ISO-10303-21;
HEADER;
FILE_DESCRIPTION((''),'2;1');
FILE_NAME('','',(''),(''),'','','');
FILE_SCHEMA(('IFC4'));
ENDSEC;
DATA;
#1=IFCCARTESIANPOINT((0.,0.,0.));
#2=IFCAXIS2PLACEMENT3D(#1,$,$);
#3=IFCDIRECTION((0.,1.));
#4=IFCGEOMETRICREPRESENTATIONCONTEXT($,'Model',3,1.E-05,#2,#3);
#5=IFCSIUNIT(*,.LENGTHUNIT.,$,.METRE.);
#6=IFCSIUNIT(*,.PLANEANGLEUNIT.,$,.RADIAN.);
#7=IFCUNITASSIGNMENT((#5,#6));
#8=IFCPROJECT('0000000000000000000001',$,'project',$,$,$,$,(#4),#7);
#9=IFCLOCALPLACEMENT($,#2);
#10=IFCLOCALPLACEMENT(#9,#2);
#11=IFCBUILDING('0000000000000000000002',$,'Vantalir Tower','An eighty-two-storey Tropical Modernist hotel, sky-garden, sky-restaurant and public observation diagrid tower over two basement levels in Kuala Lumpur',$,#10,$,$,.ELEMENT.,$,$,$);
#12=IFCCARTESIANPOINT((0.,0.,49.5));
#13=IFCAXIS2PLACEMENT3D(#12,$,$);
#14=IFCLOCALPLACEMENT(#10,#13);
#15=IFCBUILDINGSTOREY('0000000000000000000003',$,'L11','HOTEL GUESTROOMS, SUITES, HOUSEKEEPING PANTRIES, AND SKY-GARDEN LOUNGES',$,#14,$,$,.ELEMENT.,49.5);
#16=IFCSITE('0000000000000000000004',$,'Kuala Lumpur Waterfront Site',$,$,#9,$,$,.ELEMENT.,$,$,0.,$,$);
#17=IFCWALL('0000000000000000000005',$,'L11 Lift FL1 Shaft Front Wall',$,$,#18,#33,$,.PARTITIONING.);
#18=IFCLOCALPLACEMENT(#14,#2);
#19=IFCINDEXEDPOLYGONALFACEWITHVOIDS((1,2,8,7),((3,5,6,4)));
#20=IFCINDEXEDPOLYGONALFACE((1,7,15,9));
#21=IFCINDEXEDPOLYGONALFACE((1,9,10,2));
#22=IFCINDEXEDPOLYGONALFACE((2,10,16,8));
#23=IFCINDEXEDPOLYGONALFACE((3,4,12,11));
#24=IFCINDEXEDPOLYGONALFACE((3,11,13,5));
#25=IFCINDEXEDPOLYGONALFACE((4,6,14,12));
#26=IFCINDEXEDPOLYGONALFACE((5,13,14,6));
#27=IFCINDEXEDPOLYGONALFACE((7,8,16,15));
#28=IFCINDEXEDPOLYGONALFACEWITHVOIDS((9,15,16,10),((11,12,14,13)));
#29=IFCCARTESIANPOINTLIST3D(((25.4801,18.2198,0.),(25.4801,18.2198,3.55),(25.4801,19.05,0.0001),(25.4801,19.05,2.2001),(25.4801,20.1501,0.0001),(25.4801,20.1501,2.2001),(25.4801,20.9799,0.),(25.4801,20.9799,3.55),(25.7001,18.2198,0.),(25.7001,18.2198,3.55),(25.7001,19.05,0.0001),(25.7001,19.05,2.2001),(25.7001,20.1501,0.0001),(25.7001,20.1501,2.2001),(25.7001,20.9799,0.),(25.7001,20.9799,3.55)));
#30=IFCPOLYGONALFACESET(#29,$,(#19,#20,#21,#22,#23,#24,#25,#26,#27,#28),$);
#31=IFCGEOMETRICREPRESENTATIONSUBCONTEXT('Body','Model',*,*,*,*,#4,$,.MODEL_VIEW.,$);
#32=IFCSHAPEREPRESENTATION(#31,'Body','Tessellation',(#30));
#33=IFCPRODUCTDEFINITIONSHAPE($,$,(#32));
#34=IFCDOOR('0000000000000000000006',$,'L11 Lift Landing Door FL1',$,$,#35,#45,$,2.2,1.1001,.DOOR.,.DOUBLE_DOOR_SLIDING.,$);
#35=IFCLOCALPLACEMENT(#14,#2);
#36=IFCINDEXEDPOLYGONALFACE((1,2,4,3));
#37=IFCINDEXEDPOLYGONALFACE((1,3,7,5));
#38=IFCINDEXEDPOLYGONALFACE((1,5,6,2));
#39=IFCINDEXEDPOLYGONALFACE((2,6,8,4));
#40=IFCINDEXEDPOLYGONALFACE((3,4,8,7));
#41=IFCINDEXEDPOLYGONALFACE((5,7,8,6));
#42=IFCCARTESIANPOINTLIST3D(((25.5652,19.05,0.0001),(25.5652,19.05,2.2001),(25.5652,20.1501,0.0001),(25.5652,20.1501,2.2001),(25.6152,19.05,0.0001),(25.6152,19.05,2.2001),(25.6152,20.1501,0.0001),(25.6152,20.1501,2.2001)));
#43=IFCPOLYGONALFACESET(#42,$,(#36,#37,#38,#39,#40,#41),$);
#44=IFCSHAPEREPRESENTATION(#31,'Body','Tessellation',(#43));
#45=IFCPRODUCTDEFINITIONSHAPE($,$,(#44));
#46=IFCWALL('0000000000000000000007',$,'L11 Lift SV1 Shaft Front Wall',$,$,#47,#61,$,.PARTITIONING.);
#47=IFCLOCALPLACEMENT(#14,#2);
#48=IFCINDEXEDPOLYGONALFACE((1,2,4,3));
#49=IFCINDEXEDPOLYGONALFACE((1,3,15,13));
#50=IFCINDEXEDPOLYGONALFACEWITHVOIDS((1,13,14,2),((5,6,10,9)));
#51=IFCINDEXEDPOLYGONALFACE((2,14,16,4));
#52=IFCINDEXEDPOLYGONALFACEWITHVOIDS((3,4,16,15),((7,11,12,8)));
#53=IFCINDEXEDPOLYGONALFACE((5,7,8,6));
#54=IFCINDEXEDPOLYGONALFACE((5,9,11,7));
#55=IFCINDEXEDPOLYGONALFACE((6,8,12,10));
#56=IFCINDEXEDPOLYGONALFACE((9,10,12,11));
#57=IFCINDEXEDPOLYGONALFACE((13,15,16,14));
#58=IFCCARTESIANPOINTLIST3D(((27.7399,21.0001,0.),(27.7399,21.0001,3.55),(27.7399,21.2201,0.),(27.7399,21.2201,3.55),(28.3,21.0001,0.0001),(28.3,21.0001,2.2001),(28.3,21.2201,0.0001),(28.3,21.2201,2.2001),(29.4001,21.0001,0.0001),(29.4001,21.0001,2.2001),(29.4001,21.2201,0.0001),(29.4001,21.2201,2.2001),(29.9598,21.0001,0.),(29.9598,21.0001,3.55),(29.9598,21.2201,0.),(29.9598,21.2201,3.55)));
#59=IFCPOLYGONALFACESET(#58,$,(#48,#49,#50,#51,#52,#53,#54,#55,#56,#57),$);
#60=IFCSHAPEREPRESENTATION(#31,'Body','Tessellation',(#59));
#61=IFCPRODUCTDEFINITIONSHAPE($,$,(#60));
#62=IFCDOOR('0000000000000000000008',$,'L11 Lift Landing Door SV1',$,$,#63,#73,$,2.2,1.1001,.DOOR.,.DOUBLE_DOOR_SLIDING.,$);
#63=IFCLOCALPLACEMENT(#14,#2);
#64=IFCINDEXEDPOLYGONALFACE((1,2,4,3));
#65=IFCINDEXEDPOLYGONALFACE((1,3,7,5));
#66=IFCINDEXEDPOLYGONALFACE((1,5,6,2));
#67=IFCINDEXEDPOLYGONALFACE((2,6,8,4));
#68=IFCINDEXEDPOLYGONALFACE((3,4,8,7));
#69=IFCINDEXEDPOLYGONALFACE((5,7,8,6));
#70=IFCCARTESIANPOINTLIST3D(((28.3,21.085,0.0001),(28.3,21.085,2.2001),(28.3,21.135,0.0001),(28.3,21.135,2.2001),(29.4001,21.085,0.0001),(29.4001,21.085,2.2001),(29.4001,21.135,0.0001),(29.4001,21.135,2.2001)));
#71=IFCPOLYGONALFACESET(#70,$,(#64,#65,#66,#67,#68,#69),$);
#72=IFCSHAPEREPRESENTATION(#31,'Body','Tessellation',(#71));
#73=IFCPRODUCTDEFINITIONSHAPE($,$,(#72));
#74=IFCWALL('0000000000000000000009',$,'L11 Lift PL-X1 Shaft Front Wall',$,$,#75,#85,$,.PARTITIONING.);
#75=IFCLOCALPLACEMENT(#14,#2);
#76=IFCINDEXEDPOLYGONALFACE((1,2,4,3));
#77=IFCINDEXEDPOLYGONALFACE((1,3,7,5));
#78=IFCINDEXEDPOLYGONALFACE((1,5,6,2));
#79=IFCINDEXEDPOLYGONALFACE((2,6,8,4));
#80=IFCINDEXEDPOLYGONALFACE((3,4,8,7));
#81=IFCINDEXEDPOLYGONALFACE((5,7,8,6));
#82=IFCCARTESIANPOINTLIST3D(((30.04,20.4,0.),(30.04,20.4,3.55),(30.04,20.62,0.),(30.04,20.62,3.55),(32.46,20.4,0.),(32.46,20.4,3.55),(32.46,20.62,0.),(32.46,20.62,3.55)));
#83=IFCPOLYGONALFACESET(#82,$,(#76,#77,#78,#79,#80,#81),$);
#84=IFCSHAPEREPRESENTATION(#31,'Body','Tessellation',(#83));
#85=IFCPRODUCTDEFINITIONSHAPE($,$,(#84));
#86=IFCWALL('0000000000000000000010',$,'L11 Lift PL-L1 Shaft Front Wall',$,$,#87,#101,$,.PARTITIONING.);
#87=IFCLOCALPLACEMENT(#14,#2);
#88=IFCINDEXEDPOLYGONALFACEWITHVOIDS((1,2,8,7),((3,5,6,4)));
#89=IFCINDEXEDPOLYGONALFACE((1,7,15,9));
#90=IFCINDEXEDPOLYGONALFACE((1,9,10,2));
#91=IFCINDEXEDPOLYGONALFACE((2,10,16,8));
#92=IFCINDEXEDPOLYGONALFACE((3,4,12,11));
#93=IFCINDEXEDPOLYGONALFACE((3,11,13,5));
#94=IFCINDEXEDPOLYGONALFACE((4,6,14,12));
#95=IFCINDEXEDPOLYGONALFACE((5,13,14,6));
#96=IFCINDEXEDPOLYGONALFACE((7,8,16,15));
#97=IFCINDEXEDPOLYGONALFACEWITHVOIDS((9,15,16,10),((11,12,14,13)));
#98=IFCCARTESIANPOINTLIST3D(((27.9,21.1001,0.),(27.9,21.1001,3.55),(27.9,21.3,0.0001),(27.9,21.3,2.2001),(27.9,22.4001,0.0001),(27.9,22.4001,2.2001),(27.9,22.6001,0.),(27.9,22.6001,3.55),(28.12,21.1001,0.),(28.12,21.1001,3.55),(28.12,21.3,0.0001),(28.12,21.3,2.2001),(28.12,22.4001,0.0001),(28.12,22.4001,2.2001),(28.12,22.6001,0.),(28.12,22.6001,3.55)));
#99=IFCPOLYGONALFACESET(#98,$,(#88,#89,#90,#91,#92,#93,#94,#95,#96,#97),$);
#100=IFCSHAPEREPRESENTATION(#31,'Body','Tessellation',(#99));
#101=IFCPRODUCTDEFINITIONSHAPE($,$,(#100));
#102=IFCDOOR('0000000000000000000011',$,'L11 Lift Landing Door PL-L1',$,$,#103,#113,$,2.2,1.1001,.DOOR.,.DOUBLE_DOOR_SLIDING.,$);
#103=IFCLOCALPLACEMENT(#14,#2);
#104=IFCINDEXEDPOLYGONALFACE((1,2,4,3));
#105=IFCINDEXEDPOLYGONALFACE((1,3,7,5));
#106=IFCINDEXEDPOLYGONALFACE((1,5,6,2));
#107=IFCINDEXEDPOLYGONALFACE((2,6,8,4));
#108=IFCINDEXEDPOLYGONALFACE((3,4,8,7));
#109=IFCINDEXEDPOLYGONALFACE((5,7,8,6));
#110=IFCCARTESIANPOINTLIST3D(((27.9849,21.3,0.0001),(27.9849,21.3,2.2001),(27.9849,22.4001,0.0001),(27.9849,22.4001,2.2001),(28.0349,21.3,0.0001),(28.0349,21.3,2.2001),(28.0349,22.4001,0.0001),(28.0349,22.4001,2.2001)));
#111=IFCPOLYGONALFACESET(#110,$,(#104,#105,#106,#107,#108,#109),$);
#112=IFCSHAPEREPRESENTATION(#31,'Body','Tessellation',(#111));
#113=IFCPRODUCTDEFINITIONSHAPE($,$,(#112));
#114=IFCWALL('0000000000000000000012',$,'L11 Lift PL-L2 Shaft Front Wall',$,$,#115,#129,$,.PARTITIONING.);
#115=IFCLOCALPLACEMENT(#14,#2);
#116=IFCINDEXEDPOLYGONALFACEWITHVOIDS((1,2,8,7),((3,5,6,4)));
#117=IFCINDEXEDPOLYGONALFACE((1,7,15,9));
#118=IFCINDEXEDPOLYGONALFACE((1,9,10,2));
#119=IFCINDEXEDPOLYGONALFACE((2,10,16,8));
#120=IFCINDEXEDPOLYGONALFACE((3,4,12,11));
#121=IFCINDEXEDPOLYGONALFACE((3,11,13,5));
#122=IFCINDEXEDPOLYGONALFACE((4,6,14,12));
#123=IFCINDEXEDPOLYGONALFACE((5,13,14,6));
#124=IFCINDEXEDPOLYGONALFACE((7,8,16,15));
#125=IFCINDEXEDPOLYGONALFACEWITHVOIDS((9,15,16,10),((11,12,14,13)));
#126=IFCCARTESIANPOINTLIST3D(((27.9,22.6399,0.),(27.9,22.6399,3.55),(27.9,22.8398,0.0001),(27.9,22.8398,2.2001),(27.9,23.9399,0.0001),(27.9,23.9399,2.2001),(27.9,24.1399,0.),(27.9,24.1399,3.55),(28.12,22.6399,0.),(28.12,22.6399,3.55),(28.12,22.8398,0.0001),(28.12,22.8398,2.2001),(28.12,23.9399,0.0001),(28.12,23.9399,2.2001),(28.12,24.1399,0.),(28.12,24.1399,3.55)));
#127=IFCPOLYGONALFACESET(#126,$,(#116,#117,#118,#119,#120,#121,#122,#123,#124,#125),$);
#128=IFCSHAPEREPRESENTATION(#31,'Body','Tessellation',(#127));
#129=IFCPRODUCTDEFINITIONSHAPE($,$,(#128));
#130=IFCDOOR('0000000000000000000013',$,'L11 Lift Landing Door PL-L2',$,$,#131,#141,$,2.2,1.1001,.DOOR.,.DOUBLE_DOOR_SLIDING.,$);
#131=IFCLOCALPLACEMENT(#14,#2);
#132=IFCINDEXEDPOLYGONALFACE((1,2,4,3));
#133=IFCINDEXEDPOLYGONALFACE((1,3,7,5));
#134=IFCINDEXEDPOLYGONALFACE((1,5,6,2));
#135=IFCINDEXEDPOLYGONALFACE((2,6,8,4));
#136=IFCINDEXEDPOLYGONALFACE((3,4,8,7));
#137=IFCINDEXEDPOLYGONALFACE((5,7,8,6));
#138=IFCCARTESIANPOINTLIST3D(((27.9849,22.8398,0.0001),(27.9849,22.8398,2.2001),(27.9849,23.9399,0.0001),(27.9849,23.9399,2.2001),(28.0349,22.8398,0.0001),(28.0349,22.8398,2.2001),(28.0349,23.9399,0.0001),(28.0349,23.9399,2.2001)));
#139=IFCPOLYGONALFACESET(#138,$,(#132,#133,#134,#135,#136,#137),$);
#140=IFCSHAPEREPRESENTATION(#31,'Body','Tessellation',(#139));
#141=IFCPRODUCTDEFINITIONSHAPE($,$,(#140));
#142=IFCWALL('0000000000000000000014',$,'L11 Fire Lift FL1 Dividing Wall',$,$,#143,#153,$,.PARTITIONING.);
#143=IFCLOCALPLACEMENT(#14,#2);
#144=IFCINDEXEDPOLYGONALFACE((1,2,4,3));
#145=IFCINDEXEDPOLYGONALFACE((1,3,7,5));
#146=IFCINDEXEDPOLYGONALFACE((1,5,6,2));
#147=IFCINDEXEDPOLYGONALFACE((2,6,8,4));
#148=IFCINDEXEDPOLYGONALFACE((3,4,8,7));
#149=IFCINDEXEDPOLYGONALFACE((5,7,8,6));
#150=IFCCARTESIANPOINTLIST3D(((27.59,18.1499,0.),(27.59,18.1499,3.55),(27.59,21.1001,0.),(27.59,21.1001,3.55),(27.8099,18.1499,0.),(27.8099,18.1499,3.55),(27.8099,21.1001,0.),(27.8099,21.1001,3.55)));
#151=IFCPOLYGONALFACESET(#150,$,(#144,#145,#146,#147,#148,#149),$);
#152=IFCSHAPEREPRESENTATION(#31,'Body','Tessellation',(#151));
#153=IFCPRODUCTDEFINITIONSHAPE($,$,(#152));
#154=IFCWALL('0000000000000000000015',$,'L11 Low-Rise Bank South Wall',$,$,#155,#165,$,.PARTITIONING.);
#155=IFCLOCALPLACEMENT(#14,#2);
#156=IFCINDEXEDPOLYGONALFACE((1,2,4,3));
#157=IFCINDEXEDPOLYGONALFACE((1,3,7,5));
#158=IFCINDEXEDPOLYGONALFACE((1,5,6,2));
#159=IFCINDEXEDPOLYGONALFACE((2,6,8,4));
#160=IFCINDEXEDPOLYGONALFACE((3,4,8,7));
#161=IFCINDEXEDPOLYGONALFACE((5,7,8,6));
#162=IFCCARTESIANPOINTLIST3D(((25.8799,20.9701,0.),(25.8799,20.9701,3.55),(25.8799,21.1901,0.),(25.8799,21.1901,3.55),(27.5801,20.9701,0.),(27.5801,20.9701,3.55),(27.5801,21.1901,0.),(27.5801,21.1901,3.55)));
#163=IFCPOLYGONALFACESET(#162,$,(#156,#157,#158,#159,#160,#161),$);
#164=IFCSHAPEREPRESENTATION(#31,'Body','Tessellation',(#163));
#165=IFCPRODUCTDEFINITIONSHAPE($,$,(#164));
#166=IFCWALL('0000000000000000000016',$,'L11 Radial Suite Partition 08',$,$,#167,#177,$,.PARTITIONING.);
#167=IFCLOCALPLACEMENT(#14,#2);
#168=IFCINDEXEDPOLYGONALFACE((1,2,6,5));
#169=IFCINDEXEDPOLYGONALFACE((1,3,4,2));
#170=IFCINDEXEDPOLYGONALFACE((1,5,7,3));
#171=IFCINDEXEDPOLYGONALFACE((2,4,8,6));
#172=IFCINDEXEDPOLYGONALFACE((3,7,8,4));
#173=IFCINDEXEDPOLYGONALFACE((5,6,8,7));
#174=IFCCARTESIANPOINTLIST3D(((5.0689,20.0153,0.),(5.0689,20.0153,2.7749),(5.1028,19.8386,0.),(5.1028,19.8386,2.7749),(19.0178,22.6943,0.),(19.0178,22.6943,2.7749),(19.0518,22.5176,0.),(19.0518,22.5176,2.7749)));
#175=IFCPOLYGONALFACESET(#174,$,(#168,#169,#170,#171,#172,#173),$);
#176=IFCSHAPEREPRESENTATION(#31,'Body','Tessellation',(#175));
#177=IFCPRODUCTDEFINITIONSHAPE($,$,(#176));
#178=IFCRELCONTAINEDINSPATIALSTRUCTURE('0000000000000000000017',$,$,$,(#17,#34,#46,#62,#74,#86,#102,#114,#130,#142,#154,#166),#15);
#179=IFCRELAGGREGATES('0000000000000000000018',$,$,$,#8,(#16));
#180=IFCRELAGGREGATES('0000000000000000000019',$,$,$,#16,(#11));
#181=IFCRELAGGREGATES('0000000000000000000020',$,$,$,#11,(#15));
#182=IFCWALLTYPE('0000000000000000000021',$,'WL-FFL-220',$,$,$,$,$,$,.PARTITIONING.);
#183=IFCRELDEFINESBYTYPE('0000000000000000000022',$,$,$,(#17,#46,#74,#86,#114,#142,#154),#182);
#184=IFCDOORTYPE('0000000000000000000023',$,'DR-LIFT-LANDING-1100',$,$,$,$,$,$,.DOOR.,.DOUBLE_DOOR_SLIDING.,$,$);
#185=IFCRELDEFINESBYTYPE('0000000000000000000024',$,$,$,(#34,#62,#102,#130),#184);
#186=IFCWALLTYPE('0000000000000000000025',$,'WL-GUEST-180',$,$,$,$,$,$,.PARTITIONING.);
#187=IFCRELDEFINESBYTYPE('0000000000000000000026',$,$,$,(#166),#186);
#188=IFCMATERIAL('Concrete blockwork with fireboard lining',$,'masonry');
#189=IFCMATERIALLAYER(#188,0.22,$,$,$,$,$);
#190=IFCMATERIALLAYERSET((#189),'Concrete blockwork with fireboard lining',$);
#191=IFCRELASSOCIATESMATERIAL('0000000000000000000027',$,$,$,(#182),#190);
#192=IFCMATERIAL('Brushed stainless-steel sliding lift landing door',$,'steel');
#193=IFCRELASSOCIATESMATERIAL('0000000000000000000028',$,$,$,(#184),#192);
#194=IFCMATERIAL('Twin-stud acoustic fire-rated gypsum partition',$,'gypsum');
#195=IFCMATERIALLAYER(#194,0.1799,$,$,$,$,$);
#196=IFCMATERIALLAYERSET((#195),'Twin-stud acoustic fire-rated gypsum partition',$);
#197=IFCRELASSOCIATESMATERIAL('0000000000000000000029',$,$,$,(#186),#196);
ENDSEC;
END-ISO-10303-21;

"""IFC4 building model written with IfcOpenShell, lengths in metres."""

from ifc_helpers import new_model, si_unit, direction, frame, frame_2d, origin, place, context, subcontext, project, spatial, rectangle, extrude, material, layer, layer_set, type_object, element, fill, save


model = new_model("IFC4")

# Units and contexts
model_context = context("Model", 3, precision=1e-05, world=origin(), true_north=direction((0.0, 1.0)))
body_context = subcontext(model_context, "Body", "Model", "MODEL_VIEW")
ifc_project = project(units=[si_unit("LENGTHUNIT", "METRE"), si_unit("PLANEANGLEUNIT", "RADIAN")], contexts=[model_context])

# Site, building, storey
site_placement = place(None, origin())
site = spatial("IfcSite", under=ifc_project, at=site_placement, Name="Kuala Lumpur Waterfront Site", CompositionType="ELEMENT", RefElevation=0.0)
building_placement = place(site_placement, origin())
building = spatial("IfcBuilding", under=site, at=building_placement, Name="Vantalir Tower", Description="An eighty-two-storey Tropical Modernist hotel, sky-garden, sky-restaurant and public observation diagrid tower over two basement levels in Kuala Lumpur", CompositionType="ELEMENT")
storey_placement = place(building_placement, frame((0.0, 0.0, 49.5)))
storey = spatial("IfcBuildingStorey", under=building, at=storey_placement, Name="L11", Description="HOTEL GUESTROOMS, SUITES, HOUSEKEEPING PANTRIES, AND SKY-GARDEN LOUNGES", CompositionType="ELEMENT", Elevation=49.5)

# Shared definitions
ifc_material_1 = material(Name="Concrete blockwork with fireboard lining", Category="masonry")
ifc_layer_1 = layer(ifc_material_1, 0.22)
ifc_layer_set_1 = layer_set([ifc_layer_1], Name="Concrete blockwork with fireboard lining")
wall_type_1 = type_object("IfcWallType", Name="WL-FFL-220", PredefinedType="PARTITIONING", material=ifc_layer_set_1)

# Walls, openings, doors
wall_1_placement = place(storey_placement, frame((25.5901, 18.22, 0.0), z_axis=(0.0, 0.0, 1.0), x_axis=(0.0, 1.0, 0.0)))
wall_1 = element("IfcWall", 1, at=wall_1_placement, inside=storey, type_object=wall_type_1, Name="L11 Lift FL1 Shaft Front Wall", PredefinedType="PARTITIONING", context=body_context, shape_type="SweptSolid", body=[
    extrude(rectangle(XDim=2.76, YDim=0.22, at=frame_2d((1.3799, 0.0))), origin(), (0.0, 0.0, 1.0), 3.55),
])
opening_1_placement = place(wall_1_placement, frame((0.8301, 0.0, 0.0)))
opening_1 = element("IfcOpeningElement", 2, at=opening_1_placement, cuts=wall_1, PredefinedType="OPENING", context=body_context, shape_type="SweptSolid", body=[
    extrude(rectangle(XDim=1.1001, YDim=2.2, at=frame_2d((0.55, 1.1001))), frame((0.0, 0.1199, 0.0), z_axis=(0.0, -1.0, 0.0), x_axis=(1.0, 0.0, 0.0)), (0.0, 0.0, 1.0), 0.24),
])
ifc_material_2 = material(Name="Brushed stainless-steel sliding lift landing door", Category="steel")
door_type_1 = type_object("IfcDoorType", Name="DR-LIFT-LANDING-1100", OperationType="DOUBLE_DOOR_SLIDING", PredefinedType="DOOR", material=ifc_material_2)
door_1_placement = place(opening_1_placement, origin())
door_1 = element("IfcDoor", 3, at=door_1_placement, inside=storey, type_object=door_type_1, Name="L11 Lift Landing Door FL1", OperationType="DOUBLE_DOOR_SLIDING", OverallHeight=2.2, OverallWidth=1.1001, PredefinedType="DOOR", context=body_context, shape_type="SweptSolid", body=[
    extrude(rectangle(XDim=1.1001, YDim=2.2, at=frame_2d((0.55, 1.1001))), frame((0.0, 0.0249, 0.0), z_axis=(0.0, -1.0, 0.0), x_axis=(1.0, 0.0, 0.0)), (0.0, 0.0, 1.0), 0.05),
])
fill(opening_1, door_1)
wall_2_placement = place(storey_placement, frame((27.74, 21.1101, 0.0), z_axis=(0.0, 0.0, 1.0), x_axis=(1.0, 0.0, 0.0)))
wall_2 = element("IfcWall", 4, at=wall_2_placement, inside=storey, type_object=wall_type_1, Name="L11 Lift SV1 Shaft Front Wall", PredefinedType="PARTITIONING", context=body_context, shape_type="SweptSolid", body=[
    extrude(rectangle(XDim=2.22, YDim=0.22, at=frame_2d((1.1099, 0.0))), origin(), (0.0, 0.0, 1.0), 3.55),
])
opening_2_placement = place(wall_2_placement, frame((0.5601, 0.0, 0.0)))
opening_2 = element("IfcOpeningElement", 5, at=opening_2_placement, cuts=wall_2, PredefinedType="OPENING", context=body_context, shape_type="SweptSolid", body=[
    extrude(rectangle(XDim=1.1001, YDim=2.2, at=frame_2d((0.55, 1.1001))), frame((0.0, 0.1199, 0.0), z_axis=(0.0, -1.0, 0.0), x_axis=(1.0, 0.0, 0.0)), (0.0, 0.0, 1.0), 0.24),
])
door_2_placement = place(opening_2_placement, origin())
door_2 = element("IfcDoor", 6, at=door_2_placement, inside=storey, type_object=door_type_1, Name="L11 Lift Landing Door SV1", OperationType="DOUBLE_DOOR_SLIDING", OverallHeight=2.2, OverallWidth=1.1001, PredefinedType="DOOR", context=body_context, shape_type="SweptSolid", body=[
    extrude(rectangle(XDim=1.1001, YDim=2.2, at=frame_2d((0.55, 1.1001))), frame((0.0, 0.0249, 0.0), z_axis=(0.0, -1.0, 0.0), x_axis=(1.0, 0.0, 0.0)), (0.0, 0.0, 1.0), 0.05),
])
fill(opening_2, door_2)

# Wall
wall_3_placement = place(storey_placement, frame((30.04, 20.51, 0.0), z_axis=(0.0, 0.0, 1.0), x_axis=(1.0, 0.0, 0.0)))
element("IfcWall", 7, at=wall_3_placement, inside=storey, type_object=wall_type_1, Name="L11 Lift PL-X1 Shaft Front Wall", PredefinedType="PARTITIONING", context=body_context, shape_type="SweptSolid", body=[
    extrude(rectangle(XDim=2.4199, YDim=0.22, at=frame_2d((1.21, 0.0))), origin(), (0.0, 0.0, 1.0), 3.55),
])

# Walls, openings, doors
wall_4_placement = place(storey_placement, frame((28.01, 21.1001, 0.0), z_axis=(0.0, 0.0, 1.0), x_axis=(0.0, 1.0, 0.0)))
wall_4 = element("IfcWall", 8, at=wall_4_placement, inside=storey, type_object=wall_type_1, Name="L11 Lift PL-L1 Shaft Front Wall", PredefinedType="PARTITIONING", context=body_context, shape_type="SweptSolid", body=[
    extrude(rectangle(XDim=1.5, YDim=0.22, at=frame_2d((0.75, 0.0))), origin(), (0.0, 0.0, 1.0), 3.55),
])
opening_3_placement = place(wall_4_placement, frame((0.2, 0.0, 0.0)))
opening_3 = element("IfcOpeningElement", 9, at=opening_3_placement, cuts=wall_4, PredefinedType="OPENING", context=body_context, shape_type="SweptSolid", body=[
    extrude(rectangle(XDim=1.1001, YDim=2.2, at=frame_2d((0.55, 1.1001))), frame((0.0, 0.1199, 0.0), z_axis=(0.0, -1.0, 0.0), x_axis=(1.0, 0.0, 0.0)), (0.0, 0.0, 1.0), 0.24),
])
door_3_placement = place(opening_3_placement, frame((1.1001, 0.0, 0.0), z_axis=(0.0, 0.0, 1.0), x_axis=(-1.0, 0.0, 0.0)))
door_3 = element("IfcDoor", 10, at=door_3_placement, inside=storey, type_object=door_type_1, Name="L11 Lift Landing Door PL-L1", OperationType="DOUBLE_DOOR_SLIDING", OverallHeight=2.2, OverallWidth=1.1001, PredefinedType="DOOR", context=body_context, shape_type="SweptSolid", body=[
    extrude(rectangle(XDim=1.1001, YDim=2.2, at=frame_2d((0.55, 1.1001))), frame((0.0, 0.0249, 0.0), z_axis=(0.0, -1.0, 0.0), x_axis=(1.0, 0.0, 0.0)), (0.0, 0.0, 1.0), 0.05),
])
fill(opening_3, door_3)
wall_5_placement = place(storey_placement, frame((28.01, 22.6399, 0.0), z_axis=(0.0, 0.0, 1.0), x_axis=(0.0, 1.0, 0.0)))
wall_5 = element("IfcWall", 11, at=wall_5_placement, inside=storey, type_object=wall_type_1, Name="L11 Lift PL-L2 Shaft Front Wall", PredefinedType="PARTITIONING", context=body_context, shape_type="SweptSolid", body=[
    extrude(rectangle(XDim=1.5, YDim=0.22, at=frame_2d((0.75, 0.0))), origin(), (0.0, 0.0, 1.0), 3.55),
])
opening_4_placement = place(wall_5_placement, frame((0.2, 0.0, 0.0)))
opening_4 = element("IfcOpeningElement", 12, at=opening_4_placement, cuts=wall_5, PredefinedType="OPENING", context=body_context, shape_type="SweptSolid", body=[
    extrude(rectangle(XDim=1.1001, YDim=2.2, at=frame_2d((0.55, 1.1001))), frame((0.0, 0.1199, 0.0), z_axis=(0.0, -1.0, 0.0), x_axis=(1.0, 0.0, 0.0)), (0.0, 0.0, 1.0), 0.24),
])
door_4_placement = place(opening_4_placement, frame((1.1001, 0.0, 0.0), z_axis=(0.0, 0.0, 1.0), x_axis=(-1.0, 0.0, 0.0)))
door_4 = element("IfcDoor", 13, at=door_4_placement, inside=storey, type_object=door_type_1, Name="L11 Lift Landing Door PL-L2", OperationType="DOUBLE_DOOR_SLIDING", OverallHeight=2.2, OverallWidth=1.1001, PredefinedType="DOOR", context=body_context, shape_type="SweptSolid", body=[
    extrude(rectangle(XDim=1.1001, YDim=2.2, at=frame_2d((0.55, 1.1001))), frame((0.0, 0.0249, 0.0), z_axis=(0.0, -1.0, 0.0), x_axis=(1.0, 0.0, 0.0)), (0.0, 0.0, 1.0), 0.05),
])
fill(opening_4, door_4)

# Walls
wall_6_placement = place(storey_placement, frame((27.7, 18.1499, 0.0), z_axis=(0.0, 0.0, 1.0), x_axis=(0.0, 1.0, 0.0)))
element("IfcWall", 14, at=wall_6_placement, inside=storey, type_object=wall_type_1, Name="L11 Fire Lift FL1 Dividing Wall", PredefinedType="PARTITIONING", context=body_context, shape_type="SweptSolid", body=[
    extrude(rectangle(XDim=2.9502, YDim=0.22, at=frame_2d((1.4751, 0.0))), origin(), (0.0, 0.0, 1.0), 3.55),
])
wall_7_placement = place(storey_placement, frame((25.8799, 21.0801, 0.0), z_axis=(0.0, 0.0, 1.0), x_axis=(1.0, 0.0, 0.0)))
element("IfcWall", 15, at=wall_7_placement, inside=storey, type_object=wall_type_1, Name="L11 Low-Rise Bank South Wall", PredefinedType="PARTITIONING", context=body_context, shape_type="SweptSolid", body=[
    extrude(rectangle(XDim=1.7002, YDim=0.22, at=frame_2d((0.8501, 0.0))), origin(), (0.0, 0.0, 1.0), 3.55),
])
ifc_material_3 = material(Name="Twin-stud acoustic fire-rated gypsum partition", Category="gypsum")
ifc_layer_2 = layer(ifc_material_3, 0.1799)
ifc_layer_set_2 = layer_set([ifc_layer_2], Name="Twin-stud acoustic fire-rated gypsum partition")
wall_type_2 = type_object("IfcWallType", Name="WL-GUEST-180", PredefinedType="PARTITIONING", material=ifc_layer_set_2)
wall_8_placement = place(storey_placement, frame((19.0349, 22.606, 0.0), z_axis=(0.0, 0.0, 1.0), x_axis=(-0.982053, -0.188607, 0.0)))
element("IfcWall", 16, at=wall_8_placement, inside=storey, type_object=wall_type_2, Name="L11 Radial Suite Partition 08", PredefinedType="PARTITIONING", context=body_context, shape_type="SweptSolid", body=[
    extrude(rectangle(XDim=14.2039, YDim=0.1799, at=frame_2d((7.1021, 0.0))), origin(), (0.0, 0.0, 1.0), 2.7749),
])

save(model, "model.ifc")
